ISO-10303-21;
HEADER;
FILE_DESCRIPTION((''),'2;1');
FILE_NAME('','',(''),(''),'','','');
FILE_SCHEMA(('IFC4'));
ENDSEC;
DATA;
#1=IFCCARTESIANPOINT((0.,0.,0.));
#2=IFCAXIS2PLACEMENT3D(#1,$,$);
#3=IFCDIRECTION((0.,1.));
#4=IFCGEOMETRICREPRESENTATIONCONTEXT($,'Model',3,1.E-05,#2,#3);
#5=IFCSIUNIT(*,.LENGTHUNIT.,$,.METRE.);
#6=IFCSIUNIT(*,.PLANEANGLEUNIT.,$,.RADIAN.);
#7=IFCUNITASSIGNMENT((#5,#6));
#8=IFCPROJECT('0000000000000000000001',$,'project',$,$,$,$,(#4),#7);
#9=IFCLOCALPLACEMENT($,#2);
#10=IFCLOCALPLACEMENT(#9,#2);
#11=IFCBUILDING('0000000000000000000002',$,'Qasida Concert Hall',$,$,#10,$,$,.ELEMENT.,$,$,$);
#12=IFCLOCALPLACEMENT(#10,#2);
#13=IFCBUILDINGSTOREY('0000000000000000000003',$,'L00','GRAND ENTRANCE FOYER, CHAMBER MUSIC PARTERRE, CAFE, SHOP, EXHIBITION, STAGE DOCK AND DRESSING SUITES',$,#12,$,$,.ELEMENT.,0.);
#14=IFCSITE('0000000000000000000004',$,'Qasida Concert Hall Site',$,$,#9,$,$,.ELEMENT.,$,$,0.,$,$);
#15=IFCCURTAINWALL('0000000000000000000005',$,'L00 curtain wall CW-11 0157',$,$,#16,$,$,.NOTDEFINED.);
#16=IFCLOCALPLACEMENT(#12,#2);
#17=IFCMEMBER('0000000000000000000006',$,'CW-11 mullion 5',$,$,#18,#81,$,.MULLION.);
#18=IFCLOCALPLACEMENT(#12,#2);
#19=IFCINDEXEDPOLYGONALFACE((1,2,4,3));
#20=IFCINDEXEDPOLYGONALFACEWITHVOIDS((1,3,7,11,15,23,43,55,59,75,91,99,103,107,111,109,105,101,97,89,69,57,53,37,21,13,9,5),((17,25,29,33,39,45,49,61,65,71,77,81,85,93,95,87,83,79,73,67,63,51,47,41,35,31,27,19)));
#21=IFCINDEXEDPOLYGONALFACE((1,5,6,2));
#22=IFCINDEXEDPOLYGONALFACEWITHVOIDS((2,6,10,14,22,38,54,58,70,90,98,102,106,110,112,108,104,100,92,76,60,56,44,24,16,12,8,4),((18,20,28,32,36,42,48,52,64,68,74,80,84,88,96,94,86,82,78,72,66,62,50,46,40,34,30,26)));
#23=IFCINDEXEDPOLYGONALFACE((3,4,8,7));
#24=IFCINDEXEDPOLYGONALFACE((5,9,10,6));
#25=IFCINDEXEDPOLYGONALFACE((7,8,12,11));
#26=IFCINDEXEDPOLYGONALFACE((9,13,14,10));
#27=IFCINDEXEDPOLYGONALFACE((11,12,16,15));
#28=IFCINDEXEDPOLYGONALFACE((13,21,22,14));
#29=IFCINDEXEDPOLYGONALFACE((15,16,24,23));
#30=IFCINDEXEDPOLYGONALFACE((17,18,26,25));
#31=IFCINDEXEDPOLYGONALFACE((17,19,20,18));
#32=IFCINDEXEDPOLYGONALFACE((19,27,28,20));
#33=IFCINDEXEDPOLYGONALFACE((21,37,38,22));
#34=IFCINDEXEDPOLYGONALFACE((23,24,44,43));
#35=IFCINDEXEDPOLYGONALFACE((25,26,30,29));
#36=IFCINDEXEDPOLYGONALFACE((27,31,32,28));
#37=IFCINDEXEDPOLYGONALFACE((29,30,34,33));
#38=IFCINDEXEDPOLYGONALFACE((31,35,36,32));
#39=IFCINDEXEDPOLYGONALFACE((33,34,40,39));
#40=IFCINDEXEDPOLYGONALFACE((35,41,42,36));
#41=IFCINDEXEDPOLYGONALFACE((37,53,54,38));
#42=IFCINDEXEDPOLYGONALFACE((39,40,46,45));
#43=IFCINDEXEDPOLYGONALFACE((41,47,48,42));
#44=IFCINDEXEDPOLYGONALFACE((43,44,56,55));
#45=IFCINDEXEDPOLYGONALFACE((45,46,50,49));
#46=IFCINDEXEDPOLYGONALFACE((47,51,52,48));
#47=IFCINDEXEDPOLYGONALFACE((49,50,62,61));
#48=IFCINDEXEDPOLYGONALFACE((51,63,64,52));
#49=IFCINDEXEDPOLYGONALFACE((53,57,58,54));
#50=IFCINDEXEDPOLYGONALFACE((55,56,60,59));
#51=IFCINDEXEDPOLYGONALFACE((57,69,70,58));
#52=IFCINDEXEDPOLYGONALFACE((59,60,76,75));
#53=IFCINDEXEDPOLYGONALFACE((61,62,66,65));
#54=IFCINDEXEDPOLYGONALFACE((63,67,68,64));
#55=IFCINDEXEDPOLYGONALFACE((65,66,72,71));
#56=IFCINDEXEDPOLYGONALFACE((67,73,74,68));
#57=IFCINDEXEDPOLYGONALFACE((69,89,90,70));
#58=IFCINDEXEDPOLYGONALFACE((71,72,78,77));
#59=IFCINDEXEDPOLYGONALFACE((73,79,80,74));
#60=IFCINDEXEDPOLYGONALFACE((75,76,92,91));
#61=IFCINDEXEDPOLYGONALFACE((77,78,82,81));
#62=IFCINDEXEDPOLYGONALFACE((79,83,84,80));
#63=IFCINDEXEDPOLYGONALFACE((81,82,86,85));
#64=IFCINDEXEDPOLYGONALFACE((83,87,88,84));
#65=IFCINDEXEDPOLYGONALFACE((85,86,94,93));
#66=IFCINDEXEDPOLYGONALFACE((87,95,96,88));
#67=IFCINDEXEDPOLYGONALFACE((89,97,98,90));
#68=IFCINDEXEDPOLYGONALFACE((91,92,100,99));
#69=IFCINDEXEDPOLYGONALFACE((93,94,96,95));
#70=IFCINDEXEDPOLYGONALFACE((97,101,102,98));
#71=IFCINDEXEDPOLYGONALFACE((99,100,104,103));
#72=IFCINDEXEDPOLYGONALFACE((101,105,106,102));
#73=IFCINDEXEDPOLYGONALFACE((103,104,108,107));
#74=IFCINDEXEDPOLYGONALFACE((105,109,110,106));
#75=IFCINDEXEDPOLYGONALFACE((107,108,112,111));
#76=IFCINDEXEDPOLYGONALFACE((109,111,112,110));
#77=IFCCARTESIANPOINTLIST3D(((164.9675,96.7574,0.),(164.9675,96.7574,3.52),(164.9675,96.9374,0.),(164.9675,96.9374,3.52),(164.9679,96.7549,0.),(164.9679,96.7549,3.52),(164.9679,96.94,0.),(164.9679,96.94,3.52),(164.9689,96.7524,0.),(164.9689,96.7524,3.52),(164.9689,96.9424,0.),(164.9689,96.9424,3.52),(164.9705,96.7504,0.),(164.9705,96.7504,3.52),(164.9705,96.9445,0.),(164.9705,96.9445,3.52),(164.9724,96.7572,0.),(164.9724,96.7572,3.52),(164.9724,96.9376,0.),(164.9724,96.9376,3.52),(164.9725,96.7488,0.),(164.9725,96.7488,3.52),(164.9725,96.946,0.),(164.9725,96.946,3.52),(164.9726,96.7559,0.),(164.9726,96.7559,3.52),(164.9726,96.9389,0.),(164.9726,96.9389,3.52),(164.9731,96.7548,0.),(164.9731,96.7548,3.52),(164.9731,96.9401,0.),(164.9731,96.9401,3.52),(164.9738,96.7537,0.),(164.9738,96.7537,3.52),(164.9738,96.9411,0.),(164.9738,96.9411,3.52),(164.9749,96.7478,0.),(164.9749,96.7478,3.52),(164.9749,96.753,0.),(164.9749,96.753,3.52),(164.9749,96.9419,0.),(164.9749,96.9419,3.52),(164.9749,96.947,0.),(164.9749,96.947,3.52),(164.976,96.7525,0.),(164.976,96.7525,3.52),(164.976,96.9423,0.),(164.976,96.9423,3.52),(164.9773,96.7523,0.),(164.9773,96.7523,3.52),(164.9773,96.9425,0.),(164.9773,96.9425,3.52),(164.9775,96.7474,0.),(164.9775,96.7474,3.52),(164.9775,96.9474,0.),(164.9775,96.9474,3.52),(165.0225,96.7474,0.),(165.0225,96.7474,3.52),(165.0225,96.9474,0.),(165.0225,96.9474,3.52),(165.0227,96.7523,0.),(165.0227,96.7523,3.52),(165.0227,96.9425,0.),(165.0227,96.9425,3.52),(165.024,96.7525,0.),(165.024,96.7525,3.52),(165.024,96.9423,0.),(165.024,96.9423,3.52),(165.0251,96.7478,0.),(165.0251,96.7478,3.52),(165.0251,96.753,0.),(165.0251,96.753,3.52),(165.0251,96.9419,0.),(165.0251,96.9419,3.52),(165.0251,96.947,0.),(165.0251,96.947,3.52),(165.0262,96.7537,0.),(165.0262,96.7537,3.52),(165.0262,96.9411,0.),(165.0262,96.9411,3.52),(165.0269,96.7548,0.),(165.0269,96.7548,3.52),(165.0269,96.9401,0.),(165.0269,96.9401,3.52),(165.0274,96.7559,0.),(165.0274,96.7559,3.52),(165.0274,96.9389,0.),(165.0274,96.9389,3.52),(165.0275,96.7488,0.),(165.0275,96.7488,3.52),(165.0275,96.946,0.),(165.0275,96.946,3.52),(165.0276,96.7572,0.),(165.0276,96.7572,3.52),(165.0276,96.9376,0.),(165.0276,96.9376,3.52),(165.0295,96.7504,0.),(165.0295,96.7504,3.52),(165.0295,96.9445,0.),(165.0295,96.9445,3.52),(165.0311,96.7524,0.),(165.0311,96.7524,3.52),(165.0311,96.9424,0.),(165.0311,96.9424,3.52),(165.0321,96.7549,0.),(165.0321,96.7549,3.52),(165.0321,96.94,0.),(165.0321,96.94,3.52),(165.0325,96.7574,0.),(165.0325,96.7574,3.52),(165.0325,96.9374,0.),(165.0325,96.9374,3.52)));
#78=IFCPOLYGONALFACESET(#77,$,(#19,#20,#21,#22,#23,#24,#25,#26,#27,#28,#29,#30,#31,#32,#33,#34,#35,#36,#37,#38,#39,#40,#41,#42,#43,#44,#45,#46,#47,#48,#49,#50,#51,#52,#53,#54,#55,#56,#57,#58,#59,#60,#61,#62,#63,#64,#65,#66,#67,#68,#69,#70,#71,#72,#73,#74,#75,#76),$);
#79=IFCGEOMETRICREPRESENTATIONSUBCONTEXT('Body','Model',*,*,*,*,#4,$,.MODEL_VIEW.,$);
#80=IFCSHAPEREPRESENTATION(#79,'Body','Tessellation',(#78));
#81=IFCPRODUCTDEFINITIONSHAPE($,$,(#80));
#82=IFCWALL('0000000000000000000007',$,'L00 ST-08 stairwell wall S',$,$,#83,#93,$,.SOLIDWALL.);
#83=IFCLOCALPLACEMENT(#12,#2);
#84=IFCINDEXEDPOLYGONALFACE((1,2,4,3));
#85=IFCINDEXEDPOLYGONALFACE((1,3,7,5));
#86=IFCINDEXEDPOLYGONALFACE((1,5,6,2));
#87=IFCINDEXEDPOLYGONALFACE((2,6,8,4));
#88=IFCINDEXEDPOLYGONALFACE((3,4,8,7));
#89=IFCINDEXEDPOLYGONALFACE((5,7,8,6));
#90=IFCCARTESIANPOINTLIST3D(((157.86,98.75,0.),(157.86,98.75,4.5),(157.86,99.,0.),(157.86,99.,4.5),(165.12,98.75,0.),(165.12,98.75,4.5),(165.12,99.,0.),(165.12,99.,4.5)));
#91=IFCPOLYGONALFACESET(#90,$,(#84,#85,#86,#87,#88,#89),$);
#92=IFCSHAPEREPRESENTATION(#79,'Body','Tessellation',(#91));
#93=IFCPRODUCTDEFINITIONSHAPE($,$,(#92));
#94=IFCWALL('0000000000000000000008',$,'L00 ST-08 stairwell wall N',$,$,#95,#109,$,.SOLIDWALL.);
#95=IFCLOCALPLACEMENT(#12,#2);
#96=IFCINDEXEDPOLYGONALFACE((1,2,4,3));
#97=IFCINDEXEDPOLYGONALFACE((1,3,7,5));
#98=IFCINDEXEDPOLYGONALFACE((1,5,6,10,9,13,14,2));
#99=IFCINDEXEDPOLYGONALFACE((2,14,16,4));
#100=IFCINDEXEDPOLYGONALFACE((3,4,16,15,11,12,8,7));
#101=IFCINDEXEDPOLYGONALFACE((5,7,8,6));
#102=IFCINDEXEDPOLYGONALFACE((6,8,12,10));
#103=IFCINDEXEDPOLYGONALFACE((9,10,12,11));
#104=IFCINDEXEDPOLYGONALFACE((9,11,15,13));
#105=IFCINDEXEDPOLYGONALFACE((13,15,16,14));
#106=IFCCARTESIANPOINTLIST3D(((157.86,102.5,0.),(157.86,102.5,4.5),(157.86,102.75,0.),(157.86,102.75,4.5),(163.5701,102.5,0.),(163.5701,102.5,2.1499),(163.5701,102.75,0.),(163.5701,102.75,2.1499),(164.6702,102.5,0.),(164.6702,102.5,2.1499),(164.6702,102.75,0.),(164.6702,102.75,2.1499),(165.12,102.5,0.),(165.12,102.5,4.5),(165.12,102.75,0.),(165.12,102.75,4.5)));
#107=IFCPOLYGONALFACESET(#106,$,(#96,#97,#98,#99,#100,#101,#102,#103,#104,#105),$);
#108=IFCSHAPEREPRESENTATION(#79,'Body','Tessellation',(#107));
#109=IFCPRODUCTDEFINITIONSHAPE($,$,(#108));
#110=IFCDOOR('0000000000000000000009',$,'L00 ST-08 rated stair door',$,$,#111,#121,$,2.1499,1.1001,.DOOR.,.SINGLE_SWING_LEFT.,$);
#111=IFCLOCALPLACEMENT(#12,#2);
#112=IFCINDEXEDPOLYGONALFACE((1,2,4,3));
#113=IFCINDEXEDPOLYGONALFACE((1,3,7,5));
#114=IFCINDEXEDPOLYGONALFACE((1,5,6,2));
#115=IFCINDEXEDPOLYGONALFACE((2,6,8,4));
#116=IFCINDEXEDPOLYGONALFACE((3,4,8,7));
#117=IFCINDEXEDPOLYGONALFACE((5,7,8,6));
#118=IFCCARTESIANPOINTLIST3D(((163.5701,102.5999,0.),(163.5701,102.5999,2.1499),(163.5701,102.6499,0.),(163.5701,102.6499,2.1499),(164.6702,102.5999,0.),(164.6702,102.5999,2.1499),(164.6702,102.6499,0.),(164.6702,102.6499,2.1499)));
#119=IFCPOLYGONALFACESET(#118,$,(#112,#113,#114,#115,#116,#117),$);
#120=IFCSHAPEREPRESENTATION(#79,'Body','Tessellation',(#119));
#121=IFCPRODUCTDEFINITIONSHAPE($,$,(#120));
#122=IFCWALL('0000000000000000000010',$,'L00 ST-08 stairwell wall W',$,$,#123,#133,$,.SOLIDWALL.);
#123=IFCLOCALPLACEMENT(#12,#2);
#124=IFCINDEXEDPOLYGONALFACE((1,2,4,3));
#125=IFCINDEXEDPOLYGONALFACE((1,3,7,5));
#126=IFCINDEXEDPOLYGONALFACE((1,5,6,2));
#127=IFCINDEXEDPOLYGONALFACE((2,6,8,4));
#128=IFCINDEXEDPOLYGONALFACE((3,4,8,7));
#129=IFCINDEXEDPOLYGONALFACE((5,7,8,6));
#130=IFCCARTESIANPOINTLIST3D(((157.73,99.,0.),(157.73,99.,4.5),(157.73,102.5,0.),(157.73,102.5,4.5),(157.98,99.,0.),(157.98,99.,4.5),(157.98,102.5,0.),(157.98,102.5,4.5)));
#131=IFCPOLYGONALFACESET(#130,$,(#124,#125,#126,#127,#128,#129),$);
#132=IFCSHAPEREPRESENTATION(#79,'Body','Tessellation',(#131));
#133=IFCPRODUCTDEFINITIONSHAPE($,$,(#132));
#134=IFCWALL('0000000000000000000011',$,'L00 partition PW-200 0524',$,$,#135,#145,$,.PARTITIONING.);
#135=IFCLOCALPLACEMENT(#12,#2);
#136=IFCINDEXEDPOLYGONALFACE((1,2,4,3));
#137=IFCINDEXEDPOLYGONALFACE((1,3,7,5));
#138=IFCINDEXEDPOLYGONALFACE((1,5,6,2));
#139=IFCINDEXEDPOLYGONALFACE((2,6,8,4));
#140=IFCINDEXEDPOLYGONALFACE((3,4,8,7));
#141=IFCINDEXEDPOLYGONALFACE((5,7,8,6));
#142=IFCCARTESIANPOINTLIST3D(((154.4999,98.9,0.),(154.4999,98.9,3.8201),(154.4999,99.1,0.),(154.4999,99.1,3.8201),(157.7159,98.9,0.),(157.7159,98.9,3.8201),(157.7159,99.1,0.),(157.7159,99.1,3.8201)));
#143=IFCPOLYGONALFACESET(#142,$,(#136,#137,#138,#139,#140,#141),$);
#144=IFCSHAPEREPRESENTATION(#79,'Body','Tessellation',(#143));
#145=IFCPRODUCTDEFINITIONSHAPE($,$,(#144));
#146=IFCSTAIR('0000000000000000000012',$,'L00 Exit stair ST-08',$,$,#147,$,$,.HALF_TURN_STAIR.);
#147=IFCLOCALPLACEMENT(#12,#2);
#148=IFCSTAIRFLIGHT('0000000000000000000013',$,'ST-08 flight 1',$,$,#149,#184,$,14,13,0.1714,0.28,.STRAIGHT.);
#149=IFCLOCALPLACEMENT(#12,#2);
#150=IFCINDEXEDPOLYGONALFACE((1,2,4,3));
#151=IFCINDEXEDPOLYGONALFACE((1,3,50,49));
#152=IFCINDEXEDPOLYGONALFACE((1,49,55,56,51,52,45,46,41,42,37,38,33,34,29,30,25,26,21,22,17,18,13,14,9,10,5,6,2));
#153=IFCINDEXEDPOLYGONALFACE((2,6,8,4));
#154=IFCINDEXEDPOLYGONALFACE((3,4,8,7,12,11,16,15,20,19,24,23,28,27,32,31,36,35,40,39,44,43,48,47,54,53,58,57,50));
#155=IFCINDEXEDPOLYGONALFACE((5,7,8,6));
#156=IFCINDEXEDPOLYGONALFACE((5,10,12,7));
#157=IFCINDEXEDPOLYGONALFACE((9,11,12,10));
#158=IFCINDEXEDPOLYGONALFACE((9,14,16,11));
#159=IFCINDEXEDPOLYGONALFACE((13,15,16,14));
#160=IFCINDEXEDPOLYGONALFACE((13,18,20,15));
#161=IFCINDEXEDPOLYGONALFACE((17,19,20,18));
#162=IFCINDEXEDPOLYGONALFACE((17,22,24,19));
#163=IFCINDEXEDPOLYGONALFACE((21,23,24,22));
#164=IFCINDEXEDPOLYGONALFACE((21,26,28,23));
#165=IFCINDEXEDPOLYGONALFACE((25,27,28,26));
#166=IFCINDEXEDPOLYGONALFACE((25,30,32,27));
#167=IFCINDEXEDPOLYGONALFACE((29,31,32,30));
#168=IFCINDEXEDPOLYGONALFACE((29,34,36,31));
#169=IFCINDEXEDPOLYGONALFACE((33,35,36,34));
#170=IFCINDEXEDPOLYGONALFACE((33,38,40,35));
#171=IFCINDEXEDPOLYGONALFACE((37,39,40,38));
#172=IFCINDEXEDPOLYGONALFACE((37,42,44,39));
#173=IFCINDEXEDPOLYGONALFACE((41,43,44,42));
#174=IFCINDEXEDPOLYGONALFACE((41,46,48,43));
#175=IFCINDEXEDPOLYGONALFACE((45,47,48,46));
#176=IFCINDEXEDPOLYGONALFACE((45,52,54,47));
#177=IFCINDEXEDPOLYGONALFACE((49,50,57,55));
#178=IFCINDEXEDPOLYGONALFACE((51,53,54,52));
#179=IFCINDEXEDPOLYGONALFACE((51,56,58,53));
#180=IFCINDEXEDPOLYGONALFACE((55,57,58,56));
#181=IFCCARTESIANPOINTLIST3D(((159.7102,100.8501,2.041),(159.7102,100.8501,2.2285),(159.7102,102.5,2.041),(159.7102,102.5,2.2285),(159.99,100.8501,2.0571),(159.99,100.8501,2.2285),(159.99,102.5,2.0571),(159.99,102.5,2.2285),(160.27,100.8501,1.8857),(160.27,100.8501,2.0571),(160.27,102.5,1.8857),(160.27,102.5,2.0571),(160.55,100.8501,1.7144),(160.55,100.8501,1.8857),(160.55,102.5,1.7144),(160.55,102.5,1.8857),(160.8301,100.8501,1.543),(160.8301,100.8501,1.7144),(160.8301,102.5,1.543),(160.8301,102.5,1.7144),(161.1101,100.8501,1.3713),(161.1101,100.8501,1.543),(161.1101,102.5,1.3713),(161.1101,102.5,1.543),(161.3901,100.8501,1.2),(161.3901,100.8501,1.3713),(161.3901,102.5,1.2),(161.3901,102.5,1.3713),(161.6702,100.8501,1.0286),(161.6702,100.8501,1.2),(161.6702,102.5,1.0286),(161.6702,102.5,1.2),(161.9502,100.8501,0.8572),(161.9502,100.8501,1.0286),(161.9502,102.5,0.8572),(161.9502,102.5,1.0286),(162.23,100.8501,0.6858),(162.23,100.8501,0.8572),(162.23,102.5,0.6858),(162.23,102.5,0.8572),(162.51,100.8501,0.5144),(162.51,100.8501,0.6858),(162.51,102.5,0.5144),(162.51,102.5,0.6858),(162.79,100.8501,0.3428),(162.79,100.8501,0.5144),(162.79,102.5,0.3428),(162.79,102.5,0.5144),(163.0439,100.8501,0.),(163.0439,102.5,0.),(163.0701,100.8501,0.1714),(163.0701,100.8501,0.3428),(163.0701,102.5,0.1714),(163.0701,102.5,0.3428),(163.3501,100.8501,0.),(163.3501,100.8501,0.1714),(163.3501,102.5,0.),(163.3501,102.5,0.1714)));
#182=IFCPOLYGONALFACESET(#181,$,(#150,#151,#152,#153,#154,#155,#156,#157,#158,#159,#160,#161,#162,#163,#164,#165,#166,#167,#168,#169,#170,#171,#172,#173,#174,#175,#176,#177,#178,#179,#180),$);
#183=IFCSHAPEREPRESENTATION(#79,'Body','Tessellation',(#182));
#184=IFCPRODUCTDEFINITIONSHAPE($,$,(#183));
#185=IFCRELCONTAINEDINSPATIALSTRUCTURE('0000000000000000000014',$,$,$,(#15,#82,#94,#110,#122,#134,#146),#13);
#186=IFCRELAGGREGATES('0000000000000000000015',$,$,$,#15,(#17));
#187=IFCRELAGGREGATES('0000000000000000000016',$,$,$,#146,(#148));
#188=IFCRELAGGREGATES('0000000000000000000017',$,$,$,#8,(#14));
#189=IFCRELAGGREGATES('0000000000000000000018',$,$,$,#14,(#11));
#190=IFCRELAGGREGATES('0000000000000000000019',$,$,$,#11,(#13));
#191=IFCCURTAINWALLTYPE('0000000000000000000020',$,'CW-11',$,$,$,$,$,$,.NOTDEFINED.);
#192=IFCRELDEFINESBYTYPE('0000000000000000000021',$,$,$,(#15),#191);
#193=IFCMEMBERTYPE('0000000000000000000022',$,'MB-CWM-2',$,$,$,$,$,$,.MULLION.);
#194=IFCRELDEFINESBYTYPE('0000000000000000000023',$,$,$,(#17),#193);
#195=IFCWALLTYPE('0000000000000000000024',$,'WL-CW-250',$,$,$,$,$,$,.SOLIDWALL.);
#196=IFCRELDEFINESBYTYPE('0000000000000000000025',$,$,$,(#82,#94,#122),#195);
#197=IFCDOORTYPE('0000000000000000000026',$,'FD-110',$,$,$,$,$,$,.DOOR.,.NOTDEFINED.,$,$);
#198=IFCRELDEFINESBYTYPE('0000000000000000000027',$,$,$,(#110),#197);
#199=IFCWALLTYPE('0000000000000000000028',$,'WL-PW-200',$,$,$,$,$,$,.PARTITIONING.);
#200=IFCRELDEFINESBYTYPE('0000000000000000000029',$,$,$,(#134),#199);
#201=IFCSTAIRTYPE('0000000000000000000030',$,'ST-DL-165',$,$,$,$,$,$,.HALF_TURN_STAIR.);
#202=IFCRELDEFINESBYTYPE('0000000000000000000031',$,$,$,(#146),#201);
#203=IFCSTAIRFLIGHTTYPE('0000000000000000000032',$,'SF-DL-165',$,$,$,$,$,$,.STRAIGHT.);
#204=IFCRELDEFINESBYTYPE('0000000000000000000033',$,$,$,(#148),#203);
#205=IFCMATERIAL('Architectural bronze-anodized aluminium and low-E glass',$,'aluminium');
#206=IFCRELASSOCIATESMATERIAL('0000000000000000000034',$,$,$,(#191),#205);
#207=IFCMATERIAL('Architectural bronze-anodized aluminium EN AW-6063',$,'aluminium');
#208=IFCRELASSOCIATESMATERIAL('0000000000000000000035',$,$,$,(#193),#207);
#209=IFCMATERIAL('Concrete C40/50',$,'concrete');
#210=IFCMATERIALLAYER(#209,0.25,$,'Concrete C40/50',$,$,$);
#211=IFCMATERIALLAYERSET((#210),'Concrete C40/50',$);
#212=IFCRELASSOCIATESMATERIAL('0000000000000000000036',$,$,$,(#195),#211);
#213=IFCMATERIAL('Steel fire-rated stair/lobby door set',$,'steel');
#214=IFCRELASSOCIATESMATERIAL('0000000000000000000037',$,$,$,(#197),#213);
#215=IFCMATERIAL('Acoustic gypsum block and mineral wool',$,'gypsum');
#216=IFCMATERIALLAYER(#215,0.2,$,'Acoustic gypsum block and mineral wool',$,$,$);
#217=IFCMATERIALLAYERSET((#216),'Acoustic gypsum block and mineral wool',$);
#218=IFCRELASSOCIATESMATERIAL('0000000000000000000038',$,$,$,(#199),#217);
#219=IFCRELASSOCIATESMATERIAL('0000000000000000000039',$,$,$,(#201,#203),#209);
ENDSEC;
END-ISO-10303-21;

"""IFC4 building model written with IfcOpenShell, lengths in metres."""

from ifc_helpers import new_model, si_unit, direction, frame, frame_2d, origin, origin_2d, place, context, subcontext, project, spatial, polyline, rectangle, hollow_rectangle, outline, extrude, material, layer, layer_set, material_profile, profile_set, type_object, element, fill, aggregate, save


model = new_model("IFC4")

# Units and contexts
model_context = context("Model", 3, precision=1e-05, world=origin(), true_north=direction((0.0, 1.0)))
body_context = subcontext(model_context, "Body", "Model", "MODEL_VIEW")
ifc_project = project(units=[si_unit("LENGTHUNIT", "METRE"), si_unit("PLANEANGLEUNIT", "RADIAN")], contexts=[model_context])

# Site, building, storey
site_placement = place(None, origin())
site = spatial("IfcSite", under=ifc_project, at=site_placement, Name="Qasida Concert Hall Site", CompositionType="ELEMENT", RefElevation=0.0)
building_placement = place(site_placement, origin())
building = spatial("IfcBuilding", under=site, at=building_placement, Name="Qasida Concert Hall", CompositionType="ELEMENT")
storey_placement = place(building_placement, origin())
storey = spatial("IfcBuildingStorey", under=building, at=storey_placement, Name="L00", Description="GRAND ENTRANCE FOYER, CHAMBER MUSIC PARTERRE, CAFE, SHOP, EXHIBITION, STAGE DOCK AND DRESSING SUITES", CompositionType="ELEMENT", Elevation=0.0)

# Shared definitions
ifc_material_1 = material(Name="Concrete C40/50", Category="concrete")

# Curtain wall, member
ifc_material_2 = material(Name="Architectural bronze-anodized aluminium and low-E glass", Category="aluminium")
curtain_wall_type = type_object("IfcCurtainWallType", Name="CW-11", PredefinedType="NOTDEFINED", material=ifc_material_2)
curtain_wall_placement = place(storey_placement, origin())
curtain_wall = element("IfcCurtainWall", 1, at=curtain_wall_placement, inside=storey, type_object=curtain_wall_type, Name="L00 curtain wall CW-11 0157", PredefinedType="NOTDEFINED")
ifc_material_3 = material(Name="Architectural bronze-anodized aluminium EN AW-6063", Category="aluminium")
ifc_material_profile_1 = material_profile(ifc_material_3, hollow_rectangle(XDim=0.0649, YDim=0.2, WallThickness=0.0049, InnerFilletRadius=0.0049, OuterFilletRadius=0.01, at=origin_2d()), Name="CWM 200x65x5")
ifc_profile_set_1 = profile_set([ifc_material_profile_1], Name="Architectural bronze-anodized aluminium EN AW-6063")
member_type = type_object("IfcMemberType", Name="MB-CWM-2", PredefinedType="MULLION", material=ifc_profile_set_1)
member_placement = place(storey_placement, frame((165.0, 96.8474, 0.0), z_axis=(0.0, 0.0, 1.0), x_axis=(-1.0, 0.0, 0.0)))
member = element("IfcMember", 2, at=member_placement, type_object=member_type, Name="CW-11 mullion 5", PredefinedType="MULLION", context=body_context, shape_type="SweptSolid", body=[
    extrude(hollow_rectangle(XDim=0.0649, YDim=0.2, WallThickness=0.0049, InnerFilletRadius=0.0049, OuterFilletRadius=0.01, at=origin_2d()), origin(), (0.0, 0.0, 1.0), 3.52),
])
aggregate(curtain_wall, [member])

# Wall
ifc_layer_1 = layer(ifc_material_1, 0.25, Name="Concrete C40/50")
ifc_layer_set_1 = layer_set([ifc_layer_1], Name="Concrete C40/50")
wall_type_1 = type_object("IfcWallType", Name="WL-CW-250", PredefinedType="SOLIDWALL", material=ifc_layer_set_1)
wall_1_placement = place(storey_placement, frame((157.8601, 98.875, 0.0), z_axis=(0.0, 0.0, 1.0), x_axis=(1.0, 0.0, 0.0)))
element("IfcWall", 3, at=wall_1_placement, inside=storey, type_object=wall_type_1, Name="L00 ST-08 stairwell wall S", PredefinedType="SOLIDWALL", context=body_context, shape_type="SweptSolid", body=[
    extrude(rectangle(XDim=7.26, YDim=0.25, at=frame_2d((3.6299, 0.0))), origin(), (0.0, 0.0, 1.0), 4.5),
])

# Wall, opening, door
wall_2_placement = place(storey_placement, frame((157.8601, 102.625, 0.0), z_axis=(0.0, 0.0, 1.0), x_axis=(1.0, 0.0, 0.0)))
wall_2 = element("IfcWall", 4, at=wall_2_placement, inside=storey, type_object=wall_type_1, Name="L00 ST-08 stairwell wall N", PredefinedType="SOLIDWALL", context=body_context, shape_type="SweptSolid", body=[
    extrude(rectangle(XDim=7.26, YDim=0.25, at=frame_2d((3.6299, 0.0))), origin(), (0.0, 0.0, 1.0), 4.5),
])
opening_1_placement = place(wall_2_placement, frame((5.71, 0.0, 0.0)))
opening_1 = element("IfcOpeningElement", 5, at=opening_1_placement, cuts=wall_2, PredefinedType="OPENING", context=body_context, shape_type="SweptSolid", body=[
    extrude(rectangle(XDim=1.1001, YDim=2.1499, at=frame_2d((0.55, 1.075))), frame((0.0, 0.135, 0.0), z_axis=(0.0, -1.0, 0.0), x_axis=(1.0, 0.0, 0.0)), (0.0, 0.0, 1.0), 0.27),
])
ifc_material_4 = material(Name="Steel fire-rated stair/lobby door set", Category="steel")
door_type_1 = type_object("IfcDoorType", Name="FD-110", OperationType="NOTDEFINED", PredefinedType="DOOR", material=ifc_material_4)
door_1_placement = place(opening_1_placement, origin())
door_1 = element("IfcDoor", 6, at=door_1_placement, inside=storey, type_object=door_type_1, Name="L00 ST-08 rated stair door", OperationType="SINGLE_SWING_LEFT", OverallHeight=2.1499, OverallWidth=1.1001, PredefinedType="DOOR", context=body_context, shape_type="SweptSolid", body=[
    extrude(rectangle(XDim=1.1001, YDim=2.1499, at=frame_2d((0.55, 1.075))), frame((0.0, 0.0249, 0.0), z_axis=(0.0, -1.0, 0.0), x_axis=(1.0, 0.0, 0.0)), (0.0, 0.0, 1.0), 0.05),
])
fill(opening_1, door_1)

# Wall
wall_3_placement = place(storey_placement, frame((157.855, 99.0, 0.0), z_axis=(0.0, 0.0, 1.0), x_axis=(0.0, 1.0, 0.0)))
element("IfcWall", 7, at=wall_3_placement, inside=storey, type_object=wall_type_1, Name="L00 ST-08 stairwell wall W", PredefinedType="SOLIDWALL", context=body_context, shape_type="SweptSolid", body=[
    extrude(rectangle(XDim=3.5, YDim=0.25, at=frame_2d((1.75, 0.0))), origin(), (0.0, 0.0, 1.0), 4.5),
])

# Wall
ifc_material_5 = material(Name="Acoustic gypsum block and mineral wool", Category="gypsum")
ifc_layer_2 = layer(ifc_material_5, 0.2, Name="Acoustic gypsum block and mineral wool")
ifc_layer_set_2 = layer_set([ifc_layer_2], Name="Acoustic gypsum block and mineral wool")
wall_type_2 = type_object("IfcWallType", Name="WL-PW-200", PredefinedType="PARTITIONING", material=ifc_layer_set_2)
wall_4_placement = place(storey_placement, frame((154.5, 99.0, 0.0), z_axis=(0.0, 0.0, 1.0), x_axis=(1.0, 0.0, 0.0)))
element("IfcWall", 8, at=wall_4_placement, inside=storey, type_object=wall_type_2, Name="L00 partition PW-200 0524", PredefinedType="PARTITIONING", context=body_context, shape_type="SweptSolid", body=[
    extrude(rectangle(XDim=3.2161, YDim=0.2, at=frame_2d((1.6079, 0.0))), origin(), (0.0, 0.0, 1.0), 3.8201),
])

# Stair, stair flight
stair_type = type_object("IfcStairType", Name="ST-DL-165", PredefinedType="HALF_TURN_STAIR", material=ifc_material_1)
stair_placement = place(storey_placement, origin())
stair = element("IfcStair", 9, at=stair_placement, inside=storey, type_object=stair_type, Name="L00 Exit stair ST-08", PredefinedType="HALF_TURN_STAIR")
stair_flight_type = type_object("IfcStairFlightType", Name="SF-DL-165", PredefinedType="STRAIGHT", material=ifc_material_1)
stair_flight_1_placement = place(storey_placement, frame((163.3501, 101.675, 0.0), z_axis=(0.0, 0.0, 1.0), x_axis=(-1.0, 0.0, 0.0)))
stair_flight_1 = element("IfcStairFlight", 10, at=stair_flight_1_placement, type_object=stair_flight_type, Name="ST-08 flight 1", NumberOfRisers=14, NumberOfTreads=13, PredefinedType="STRAIGHT", RiserHeight=0.1714, TreadLength=0.28, context=body_context, shape_type="SweptSolid", body=[
    extrude(outline(polyline([(0.0, 0.0), (0.0, 0.1714), (0.28, 0.1714), (0.28, 0.3428), (0.5601, 0.3428), (0.5601, 0.5144), (0.8401, 0.5144), (0.8401, 0.6858), (1.1201, 0.6858), (1.1201, 0.8572), (1.3999, 0.8572), (1.3999, 1.0286), (1.6799, 1.0286), (1.6799, 1.2), (1.96, 1.2), (1.96, 1.3713), (2.24, 1.3713), (2.24, 1.543), (2.52, 1.543), (2.52, 1.7144), (2.8, 1.7144), (2.8, 1.8857), (3.0801, 1.8857), (3.0801, 2.0571), (3.3601, 2.0571), (3.3601, 2.2285), (3.6399, 2.2285), (3.6399, 2.3999), (3.6399, 2.041), (0.3062, 0.0), (0.0, 0.0)])), frame((0.0, 0.825, 0.0), z_axis=(0.0, -1.0, 0.0), x_axis=(1.0, 0.0, 0.0)), (0.0, 0.0, 1.0), 1.6499),
])
aggregate(stair, [stair_flight_1])

save(model, "model.ifc")
